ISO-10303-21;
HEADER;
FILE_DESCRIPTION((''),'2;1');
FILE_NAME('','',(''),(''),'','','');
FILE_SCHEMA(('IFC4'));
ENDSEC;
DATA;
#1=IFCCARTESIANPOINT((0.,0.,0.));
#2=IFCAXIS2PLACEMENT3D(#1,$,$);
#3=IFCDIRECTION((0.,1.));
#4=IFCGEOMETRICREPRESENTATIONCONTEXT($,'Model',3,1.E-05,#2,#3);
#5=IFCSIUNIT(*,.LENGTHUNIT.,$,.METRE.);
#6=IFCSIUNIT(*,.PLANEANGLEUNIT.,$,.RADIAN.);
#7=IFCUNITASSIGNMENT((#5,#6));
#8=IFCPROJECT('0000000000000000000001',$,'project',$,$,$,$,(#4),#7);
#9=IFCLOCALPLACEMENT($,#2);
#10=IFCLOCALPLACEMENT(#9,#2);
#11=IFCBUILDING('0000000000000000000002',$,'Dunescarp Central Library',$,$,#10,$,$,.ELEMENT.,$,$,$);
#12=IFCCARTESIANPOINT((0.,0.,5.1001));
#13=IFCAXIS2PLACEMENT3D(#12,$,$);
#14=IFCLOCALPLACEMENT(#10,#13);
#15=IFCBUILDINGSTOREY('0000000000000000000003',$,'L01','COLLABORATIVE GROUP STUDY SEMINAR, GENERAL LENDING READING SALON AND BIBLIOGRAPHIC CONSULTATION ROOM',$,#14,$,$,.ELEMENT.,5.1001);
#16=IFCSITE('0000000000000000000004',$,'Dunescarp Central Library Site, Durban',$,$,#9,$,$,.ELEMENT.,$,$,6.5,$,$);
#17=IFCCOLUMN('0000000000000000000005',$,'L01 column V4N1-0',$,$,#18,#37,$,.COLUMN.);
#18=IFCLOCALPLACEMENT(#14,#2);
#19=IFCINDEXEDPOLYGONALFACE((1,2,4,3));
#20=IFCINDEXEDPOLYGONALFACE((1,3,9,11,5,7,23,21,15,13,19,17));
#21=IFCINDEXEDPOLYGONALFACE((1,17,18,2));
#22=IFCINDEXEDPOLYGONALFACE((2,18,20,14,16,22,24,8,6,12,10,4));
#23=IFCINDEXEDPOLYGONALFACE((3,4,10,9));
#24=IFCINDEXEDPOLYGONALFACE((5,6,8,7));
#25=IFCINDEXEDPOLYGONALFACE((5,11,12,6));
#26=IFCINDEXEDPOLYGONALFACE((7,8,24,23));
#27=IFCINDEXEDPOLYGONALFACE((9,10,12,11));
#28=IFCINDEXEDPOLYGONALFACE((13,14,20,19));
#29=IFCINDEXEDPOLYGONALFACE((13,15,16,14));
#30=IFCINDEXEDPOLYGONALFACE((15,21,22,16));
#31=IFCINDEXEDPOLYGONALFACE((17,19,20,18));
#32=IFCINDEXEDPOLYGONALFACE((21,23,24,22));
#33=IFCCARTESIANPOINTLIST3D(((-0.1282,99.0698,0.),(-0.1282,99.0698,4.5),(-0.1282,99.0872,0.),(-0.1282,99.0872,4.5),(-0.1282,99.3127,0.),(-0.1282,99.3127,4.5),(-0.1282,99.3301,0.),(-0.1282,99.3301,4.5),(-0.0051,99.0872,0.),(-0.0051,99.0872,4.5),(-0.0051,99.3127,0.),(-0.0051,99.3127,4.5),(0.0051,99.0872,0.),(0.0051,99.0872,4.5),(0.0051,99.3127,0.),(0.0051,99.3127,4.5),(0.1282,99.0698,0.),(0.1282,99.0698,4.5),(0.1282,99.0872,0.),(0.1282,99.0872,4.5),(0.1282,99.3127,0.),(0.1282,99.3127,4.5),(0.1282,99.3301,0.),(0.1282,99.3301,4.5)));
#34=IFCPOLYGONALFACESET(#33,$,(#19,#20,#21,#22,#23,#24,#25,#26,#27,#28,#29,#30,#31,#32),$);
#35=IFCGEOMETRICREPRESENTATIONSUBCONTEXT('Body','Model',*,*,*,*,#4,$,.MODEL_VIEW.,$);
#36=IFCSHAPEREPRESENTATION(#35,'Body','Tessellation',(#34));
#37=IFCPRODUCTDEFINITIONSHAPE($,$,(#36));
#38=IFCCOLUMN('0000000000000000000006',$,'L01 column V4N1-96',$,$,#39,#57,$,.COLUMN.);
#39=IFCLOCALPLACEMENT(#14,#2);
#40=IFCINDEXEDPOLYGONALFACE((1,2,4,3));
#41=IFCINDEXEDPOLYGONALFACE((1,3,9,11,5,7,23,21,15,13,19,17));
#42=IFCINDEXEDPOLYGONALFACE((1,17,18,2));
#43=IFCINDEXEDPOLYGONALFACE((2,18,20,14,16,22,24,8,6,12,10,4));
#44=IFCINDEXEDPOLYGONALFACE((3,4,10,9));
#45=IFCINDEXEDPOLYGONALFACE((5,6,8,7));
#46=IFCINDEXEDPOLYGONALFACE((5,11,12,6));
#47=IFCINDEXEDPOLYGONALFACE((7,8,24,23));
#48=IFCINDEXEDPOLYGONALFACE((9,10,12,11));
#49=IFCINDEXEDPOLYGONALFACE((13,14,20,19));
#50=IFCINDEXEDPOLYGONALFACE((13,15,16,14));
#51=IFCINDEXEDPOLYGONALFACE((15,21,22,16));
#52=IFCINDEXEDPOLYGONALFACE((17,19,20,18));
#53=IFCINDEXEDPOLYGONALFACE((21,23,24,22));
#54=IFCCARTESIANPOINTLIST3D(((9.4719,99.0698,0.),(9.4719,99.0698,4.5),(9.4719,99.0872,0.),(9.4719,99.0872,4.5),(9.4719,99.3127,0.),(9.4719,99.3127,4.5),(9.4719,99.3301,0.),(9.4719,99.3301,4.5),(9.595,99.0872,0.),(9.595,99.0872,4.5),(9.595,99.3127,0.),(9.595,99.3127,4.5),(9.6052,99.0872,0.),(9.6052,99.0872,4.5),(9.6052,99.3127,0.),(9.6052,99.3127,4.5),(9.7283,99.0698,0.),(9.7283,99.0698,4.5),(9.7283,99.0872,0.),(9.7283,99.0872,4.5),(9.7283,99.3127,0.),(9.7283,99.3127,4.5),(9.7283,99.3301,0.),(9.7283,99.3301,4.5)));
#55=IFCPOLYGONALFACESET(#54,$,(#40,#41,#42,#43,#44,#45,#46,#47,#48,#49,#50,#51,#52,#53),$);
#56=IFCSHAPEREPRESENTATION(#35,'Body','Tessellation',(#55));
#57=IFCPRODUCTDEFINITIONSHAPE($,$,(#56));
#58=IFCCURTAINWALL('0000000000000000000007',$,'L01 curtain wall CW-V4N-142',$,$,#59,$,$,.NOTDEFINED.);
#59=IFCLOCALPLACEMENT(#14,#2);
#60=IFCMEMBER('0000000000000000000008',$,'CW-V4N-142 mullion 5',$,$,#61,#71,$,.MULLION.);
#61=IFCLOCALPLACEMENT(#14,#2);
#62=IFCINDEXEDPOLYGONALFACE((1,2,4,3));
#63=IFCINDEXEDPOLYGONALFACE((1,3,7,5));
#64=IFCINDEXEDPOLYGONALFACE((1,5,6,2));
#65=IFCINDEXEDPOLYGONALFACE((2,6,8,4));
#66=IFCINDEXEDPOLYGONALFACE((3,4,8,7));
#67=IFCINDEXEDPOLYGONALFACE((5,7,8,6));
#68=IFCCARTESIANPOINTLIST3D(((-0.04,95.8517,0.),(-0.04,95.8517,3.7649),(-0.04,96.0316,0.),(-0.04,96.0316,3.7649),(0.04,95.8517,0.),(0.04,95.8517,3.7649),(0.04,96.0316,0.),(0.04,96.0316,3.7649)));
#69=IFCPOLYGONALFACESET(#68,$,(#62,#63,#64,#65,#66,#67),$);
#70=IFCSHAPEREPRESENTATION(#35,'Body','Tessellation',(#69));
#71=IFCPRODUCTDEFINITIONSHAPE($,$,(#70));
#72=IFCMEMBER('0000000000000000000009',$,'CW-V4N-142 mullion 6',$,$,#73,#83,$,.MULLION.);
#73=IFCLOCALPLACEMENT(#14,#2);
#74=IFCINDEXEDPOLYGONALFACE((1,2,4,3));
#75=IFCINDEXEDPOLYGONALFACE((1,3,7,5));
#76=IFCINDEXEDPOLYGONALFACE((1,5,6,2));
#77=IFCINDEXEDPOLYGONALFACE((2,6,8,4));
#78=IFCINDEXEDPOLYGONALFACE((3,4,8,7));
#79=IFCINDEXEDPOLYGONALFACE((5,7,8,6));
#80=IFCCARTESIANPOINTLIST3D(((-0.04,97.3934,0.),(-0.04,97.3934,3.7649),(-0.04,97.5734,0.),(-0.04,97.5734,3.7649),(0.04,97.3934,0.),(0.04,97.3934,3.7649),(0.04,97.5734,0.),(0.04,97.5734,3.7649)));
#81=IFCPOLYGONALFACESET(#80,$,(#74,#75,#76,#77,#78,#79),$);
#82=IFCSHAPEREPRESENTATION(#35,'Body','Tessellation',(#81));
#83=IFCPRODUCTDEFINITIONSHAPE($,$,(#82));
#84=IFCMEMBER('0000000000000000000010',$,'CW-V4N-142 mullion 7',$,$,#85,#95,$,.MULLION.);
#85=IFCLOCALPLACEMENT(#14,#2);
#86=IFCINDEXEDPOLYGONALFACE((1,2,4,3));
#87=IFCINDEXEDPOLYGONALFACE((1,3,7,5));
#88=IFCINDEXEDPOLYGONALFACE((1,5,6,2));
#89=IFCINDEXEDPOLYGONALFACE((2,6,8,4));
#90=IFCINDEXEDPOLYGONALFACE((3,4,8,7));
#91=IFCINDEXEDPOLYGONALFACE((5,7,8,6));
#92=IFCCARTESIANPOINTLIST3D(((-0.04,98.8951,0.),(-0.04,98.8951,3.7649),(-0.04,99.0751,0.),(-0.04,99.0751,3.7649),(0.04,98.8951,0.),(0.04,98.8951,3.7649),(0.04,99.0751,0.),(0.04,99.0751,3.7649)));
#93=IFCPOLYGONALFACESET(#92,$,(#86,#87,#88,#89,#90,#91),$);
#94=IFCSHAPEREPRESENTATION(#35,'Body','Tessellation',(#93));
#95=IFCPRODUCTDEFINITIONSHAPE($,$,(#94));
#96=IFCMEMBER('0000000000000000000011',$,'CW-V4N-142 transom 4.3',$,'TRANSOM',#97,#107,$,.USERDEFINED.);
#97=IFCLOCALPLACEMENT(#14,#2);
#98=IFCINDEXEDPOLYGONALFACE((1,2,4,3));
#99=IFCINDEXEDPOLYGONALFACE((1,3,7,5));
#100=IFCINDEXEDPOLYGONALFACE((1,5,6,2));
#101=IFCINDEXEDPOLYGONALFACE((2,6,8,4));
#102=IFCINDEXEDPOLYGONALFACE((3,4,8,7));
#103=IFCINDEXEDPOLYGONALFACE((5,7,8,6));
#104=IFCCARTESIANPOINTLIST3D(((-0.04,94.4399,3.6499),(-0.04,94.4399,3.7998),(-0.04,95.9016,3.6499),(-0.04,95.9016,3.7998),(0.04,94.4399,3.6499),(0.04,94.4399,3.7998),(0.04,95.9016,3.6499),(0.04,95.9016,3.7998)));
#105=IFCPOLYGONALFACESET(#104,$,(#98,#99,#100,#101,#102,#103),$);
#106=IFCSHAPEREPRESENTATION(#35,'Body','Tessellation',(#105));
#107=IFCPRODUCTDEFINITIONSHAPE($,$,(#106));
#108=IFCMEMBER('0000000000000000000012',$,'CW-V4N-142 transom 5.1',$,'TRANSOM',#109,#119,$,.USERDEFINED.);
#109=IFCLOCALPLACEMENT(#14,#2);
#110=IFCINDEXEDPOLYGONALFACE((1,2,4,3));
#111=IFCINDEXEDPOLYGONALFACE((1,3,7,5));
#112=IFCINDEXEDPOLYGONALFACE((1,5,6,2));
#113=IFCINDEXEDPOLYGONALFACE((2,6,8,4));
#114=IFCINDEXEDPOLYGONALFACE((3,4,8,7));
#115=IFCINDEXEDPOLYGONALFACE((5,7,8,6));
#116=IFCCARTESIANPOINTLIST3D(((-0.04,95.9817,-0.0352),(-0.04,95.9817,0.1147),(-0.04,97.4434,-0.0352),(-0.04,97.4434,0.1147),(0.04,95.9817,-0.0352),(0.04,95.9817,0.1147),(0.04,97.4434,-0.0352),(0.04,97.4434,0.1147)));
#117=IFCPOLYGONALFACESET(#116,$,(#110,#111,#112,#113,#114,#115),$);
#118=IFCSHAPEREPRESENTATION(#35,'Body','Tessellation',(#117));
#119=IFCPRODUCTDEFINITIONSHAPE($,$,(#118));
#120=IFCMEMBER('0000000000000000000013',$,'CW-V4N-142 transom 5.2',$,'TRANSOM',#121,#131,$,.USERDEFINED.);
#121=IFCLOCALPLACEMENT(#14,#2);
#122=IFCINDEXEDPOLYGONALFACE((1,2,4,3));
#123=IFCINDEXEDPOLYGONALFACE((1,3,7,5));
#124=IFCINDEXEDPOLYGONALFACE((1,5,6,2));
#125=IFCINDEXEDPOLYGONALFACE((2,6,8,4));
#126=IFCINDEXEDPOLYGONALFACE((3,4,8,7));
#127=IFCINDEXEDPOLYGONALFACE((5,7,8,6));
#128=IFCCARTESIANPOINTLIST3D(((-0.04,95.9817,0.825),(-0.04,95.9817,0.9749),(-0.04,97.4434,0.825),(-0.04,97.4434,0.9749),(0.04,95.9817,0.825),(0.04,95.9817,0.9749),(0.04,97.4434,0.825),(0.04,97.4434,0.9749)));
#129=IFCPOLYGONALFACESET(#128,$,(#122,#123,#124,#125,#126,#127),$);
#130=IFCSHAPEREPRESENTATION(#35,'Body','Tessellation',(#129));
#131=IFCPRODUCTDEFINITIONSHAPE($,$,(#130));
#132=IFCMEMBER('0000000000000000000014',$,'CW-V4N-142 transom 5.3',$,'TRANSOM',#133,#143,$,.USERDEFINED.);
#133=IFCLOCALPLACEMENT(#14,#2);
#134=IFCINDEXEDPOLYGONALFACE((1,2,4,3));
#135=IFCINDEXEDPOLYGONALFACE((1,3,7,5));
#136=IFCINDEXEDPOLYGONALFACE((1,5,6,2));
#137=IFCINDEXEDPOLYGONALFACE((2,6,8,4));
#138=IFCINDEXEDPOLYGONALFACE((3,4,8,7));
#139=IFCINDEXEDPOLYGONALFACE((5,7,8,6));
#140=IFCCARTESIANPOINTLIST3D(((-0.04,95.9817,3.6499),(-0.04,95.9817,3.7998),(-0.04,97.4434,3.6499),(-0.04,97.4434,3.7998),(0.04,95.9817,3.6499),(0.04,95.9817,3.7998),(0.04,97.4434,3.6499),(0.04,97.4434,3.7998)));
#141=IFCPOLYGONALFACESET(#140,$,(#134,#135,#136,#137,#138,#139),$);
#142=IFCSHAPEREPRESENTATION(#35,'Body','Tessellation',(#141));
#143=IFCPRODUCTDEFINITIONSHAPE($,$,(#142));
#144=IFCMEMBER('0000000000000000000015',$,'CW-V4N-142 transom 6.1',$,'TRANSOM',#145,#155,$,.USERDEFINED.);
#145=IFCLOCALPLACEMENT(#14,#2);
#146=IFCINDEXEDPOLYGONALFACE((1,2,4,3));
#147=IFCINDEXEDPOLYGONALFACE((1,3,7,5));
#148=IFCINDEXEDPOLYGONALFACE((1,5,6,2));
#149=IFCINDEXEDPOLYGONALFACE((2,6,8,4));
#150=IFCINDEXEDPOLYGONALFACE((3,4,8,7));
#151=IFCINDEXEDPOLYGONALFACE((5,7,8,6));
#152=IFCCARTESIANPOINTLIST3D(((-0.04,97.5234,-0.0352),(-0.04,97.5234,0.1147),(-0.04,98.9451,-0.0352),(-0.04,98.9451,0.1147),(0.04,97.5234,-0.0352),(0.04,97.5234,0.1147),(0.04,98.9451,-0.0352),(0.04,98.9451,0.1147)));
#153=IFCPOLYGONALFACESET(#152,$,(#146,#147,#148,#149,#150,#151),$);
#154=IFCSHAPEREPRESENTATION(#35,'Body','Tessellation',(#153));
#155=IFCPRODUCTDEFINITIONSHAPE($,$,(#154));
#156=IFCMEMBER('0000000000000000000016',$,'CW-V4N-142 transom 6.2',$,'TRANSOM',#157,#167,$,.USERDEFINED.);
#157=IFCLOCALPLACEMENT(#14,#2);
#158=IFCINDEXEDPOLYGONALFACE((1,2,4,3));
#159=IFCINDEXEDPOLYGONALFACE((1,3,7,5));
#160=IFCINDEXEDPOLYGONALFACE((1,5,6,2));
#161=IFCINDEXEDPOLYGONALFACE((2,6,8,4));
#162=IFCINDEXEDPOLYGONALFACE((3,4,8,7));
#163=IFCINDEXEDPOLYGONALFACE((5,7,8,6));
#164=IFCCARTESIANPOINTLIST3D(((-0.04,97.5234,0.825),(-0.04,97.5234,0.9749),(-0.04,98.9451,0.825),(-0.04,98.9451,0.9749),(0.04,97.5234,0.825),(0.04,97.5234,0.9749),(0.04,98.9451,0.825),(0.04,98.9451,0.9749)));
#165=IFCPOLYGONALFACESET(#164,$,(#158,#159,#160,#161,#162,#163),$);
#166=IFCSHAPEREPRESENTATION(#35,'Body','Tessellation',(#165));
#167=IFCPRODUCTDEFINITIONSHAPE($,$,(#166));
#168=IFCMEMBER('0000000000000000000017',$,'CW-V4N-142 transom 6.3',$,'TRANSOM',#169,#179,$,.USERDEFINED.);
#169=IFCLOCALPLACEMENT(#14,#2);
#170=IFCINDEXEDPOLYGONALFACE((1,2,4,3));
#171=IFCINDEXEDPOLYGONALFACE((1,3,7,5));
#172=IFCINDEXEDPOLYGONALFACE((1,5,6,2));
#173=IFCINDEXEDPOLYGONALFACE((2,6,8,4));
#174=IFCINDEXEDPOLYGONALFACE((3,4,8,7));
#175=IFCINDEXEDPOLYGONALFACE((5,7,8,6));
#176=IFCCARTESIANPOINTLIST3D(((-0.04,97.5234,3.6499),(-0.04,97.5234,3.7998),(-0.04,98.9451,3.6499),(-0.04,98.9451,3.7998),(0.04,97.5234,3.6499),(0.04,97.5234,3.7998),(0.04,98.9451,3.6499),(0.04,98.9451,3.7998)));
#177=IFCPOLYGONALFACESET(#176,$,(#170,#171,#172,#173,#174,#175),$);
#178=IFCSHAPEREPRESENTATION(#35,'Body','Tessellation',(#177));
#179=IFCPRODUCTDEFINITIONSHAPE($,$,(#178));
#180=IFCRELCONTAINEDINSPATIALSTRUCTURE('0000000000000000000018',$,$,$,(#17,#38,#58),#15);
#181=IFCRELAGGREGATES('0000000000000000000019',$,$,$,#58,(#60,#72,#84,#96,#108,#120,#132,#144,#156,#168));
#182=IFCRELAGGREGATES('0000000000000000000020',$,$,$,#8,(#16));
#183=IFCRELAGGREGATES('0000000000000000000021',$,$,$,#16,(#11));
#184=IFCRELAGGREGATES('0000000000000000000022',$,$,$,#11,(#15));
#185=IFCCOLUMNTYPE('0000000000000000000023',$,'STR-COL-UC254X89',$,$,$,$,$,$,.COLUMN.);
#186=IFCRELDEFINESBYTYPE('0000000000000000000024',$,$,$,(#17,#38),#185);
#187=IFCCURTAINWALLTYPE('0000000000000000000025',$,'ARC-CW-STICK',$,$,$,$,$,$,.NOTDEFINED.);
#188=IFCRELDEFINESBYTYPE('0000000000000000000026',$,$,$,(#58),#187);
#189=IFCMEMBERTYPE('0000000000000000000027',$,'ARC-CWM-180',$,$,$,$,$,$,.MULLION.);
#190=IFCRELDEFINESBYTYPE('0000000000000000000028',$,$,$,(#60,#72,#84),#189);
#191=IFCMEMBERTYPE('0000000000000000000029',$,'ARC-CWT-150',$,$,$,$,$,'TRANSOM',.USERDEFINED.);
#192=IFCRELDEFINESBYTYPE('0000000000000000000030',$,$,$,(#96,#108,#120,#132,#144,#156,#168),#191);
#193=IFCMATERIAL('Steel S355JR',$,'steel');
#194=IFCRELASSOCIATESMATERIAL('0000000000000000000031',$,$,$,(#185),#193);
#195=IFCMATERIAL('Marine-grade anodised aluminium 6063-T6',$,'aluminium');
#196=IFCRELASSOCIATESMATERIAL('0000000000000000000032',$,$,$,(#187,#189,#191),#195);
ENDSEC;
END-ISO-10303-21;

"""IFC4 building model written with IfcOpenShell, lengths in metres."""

from ifc_helpers import new_model, si_unit, direction, frame, origin, origin_2d, place, context, subcontext, project, spatial, rectangle, i_section, extrude, material, material_profile, profile_set, type_object, element, aggregate, save


model = new_model("IFC4")

# Units and contexts
model_context = context("Model", 3, precision=1e-05, world=origin(), true_north=direction((0.0, 1.0)))
body_context = subcontext(model_context, "Body", "Model", "MODEL_VIEW")
ifc_project = project(units=[si_unit("LENGTHUNIT", "METRE"), si_unit("PLANEANGLEUNIT", "RADIAN")], contexts=[model_context])

# Site, building, storey
site_placement = place(None, origin())
site = spatial("IfcSite", under=ifc_project, at=site_placement, Name="Dunescarp Central Library Site, Durban", CompositionType="ELEMENT", RefElevation=6.5)
building_placement = place(site_placement, origin())
building = spatial("IfcBuilding", under=site, at=building_placement, Name="Dunescarp Central Library", CompositionType="ELEMENT")
storey_placement = place(building_placement, frame((0.0, 0.0, 5.1001)))
storey = spatial("IfcBuildingStorey", under=building, at=storey_placement, Name="L01", Description="COLLABORATIVE GROUP STUDY SEMINAR, GENERAL LENDING READING SALON AND BIBLIOGRAPHIC CONSULTATION ROOM", CompositionType="ELEMENT", Elevation=5.1001)

# Columns
ifc_material_1 = material(Name="Steel S355JR", Category="steel")
ifc_material_profile_1 = material_profile(ifc_material_1, i_section(OverallWidth=0.2563, OverallDepth=0.2603, WebThickness=0.0103, FlangeThickness=0.0173, at=origin_2d()), Name="UC 254x254x89")
ifc_profile_set_1 = profile_set([ifc_material_profile_1], Name="Steel S355JR")
column_type = type_object("IfcColumnType", Name="STR-COL-UC254X89", PredefinedType="COLUMN", material=ifc_profile_set_1)
for number, where, z_axis, x_axis, name in (
    (1, (0.0, 99.2, 0.0), (0.0, 0.0, 1.0), (1.0, 0.0, 0.0), "L01 column V4N1-0"),
    (2, (9.6001, 99.2, 0.0), (0.0, 0.0, 1.0), (1.0, 0.0, 0.0), "L01 column V4N1-96"),
):
    element("IfcColumn", number, at=place(storey_placement, frame(where, z_axis=z_axis, x_axis=x_axis)), inside=storey, type_object=column_type, Name=name, PredefinedType="COLUMN", context=body_context, shape_type="SweptSolid", body=[
        extrude(i_section(OverallWidth=0.2563, OverallDepth=0.2603, WebThickness=0.0103, FlangeThickness=0.0173, at=origin_2d()), origin(), (0.0, 0.0, 1.0), 4.5),
    ])

# Curtain wall, members
ifc_material_2 = material(Name="Marine-grade anodised aluminium 6063-T6", Category="aluminium")
curtain_wall_type = type_object("IfcCurtainWallType", Name="ARC-CW-STICK", PredefinedType="NOTDEFINED", material=ifc_material_2)
curtain_wall_placement = place(storey_placement, origin())
curtain_wall = element("IfcCurtainWall", 3, at=curtain_wall_placement, inside=storey, type_object=curtain_wall_type, Name="L01 curtain wall CW-V4N-142", PredefinedType="NOTDEFINED")
ifc_material_profile_2 = material_profile(ifc_material_2, rectangle(XDim=0.0801, YDim=0.1799, at=origin_2d()), Name="AL 80x180")
ifc_profile_set_2 = profile_set([ifc_material_profile_2], Name="Marine-grade anodised aluminium 6063-T6")
member_type_1 = type_object("IfcMemberType", Name="ARC-CWM-180", PredefinedType="MULLION", material=ifc_profile_set_2)
member_1_placement = place(storey_placement, frame((0.0, 95.9417, 0.0), z_axis=(0.0, 0.0, 1.0), x_axis=(-1.0, 0.0, 0.0)))
member_1 = element("IfcMember", 4, at=member_1_placement, type_object=member_type_1, Name="CW-V4N-142 mullion 5", PredefinedType="MULLION", context=body_context, shape_type="SweptSolid", body=[
    extrude(rectangle(XDim=0.0801, YDim=0.1799, at=origin_2d()), origin(), (0.0, 0.0, 1.0), 3.7649),
])
member_2_placement = place(storey_placement, frame((0.0, 97.4834, 0.0), z_axis=(0.0, 0.0, 1.0), x_axis=(-1.0, 0.0, 0.0)))
member_2 = element("IfcMember", 5, at=member_2_placement, type_object=member_type_1, Name="CW-V4N-142 mullion 6", PredefinedType="MULLION", context=body_context, shape_type="SweptSolid", body=[
    extrude(rectangle(XDim=0.0801, YDim=0.1799, at=origin_2d()), origin(), (0.0, 0.0, 1.0), 3.7649),
])
member_3_placement = place(storey_placement, frame((0.0, 98.9851, 0.0), z_axis=(0.0, 0.0, 1.0), x_axis=(-1.0, 0.0, 0.0)))
member_3 = element("IfcMember", 6, at=member_3_placement, type_object=member_type_1, Name="CW-V4N-142 mullion 7", PredefinedType="MULLION", context=body_context, shape_type="SweptSolid", body=[
    extrude(rectangle(XDim=0.0801, YDim=0.1799, at=origin_2d()), origin(), (0.0, 0.0, 1.0), 3.7649),
])
ifc_material_profile_3 = material_profile(ifc_material_2, rectangle(XDim=0.0801, YDim=0.1499, at=origin_2d()), Name="AL 80x150")
ifc_profile_set_3 = profile_set([ifc_material_profile_3], Name="Marine-grade anodised aluminium 6063-T6")
member_type_2 = type_object("IfcMemberType", Name="ARC-CWT-150", ElementType="TRANSOM", PredefinedType="USERDEFINED", material=ifc_profile_set_3)
member_4_placement = place(storey_placement, frame((0.0, 94.4399, 3.7249), z_axis=(0.0, 1.0, 0.0), x_axis=(-1.0, 0.0, 0.0)))
member_4 = element("IfcMember", 7, at=member_4_placement, type_object=member_type_2, Name="CW-V4N-142 transom 4.3", ObjectType="TRANSOM", PredefinedType="USERDEFINED", context=body_context, shape_type="SweptSolid", body=[
    extrude(rectangle(XDim=0.0801, YDim=0.1499, at=origin_2d()), origin(), (0.0, 0.0, 1.0), 1.4617),
])
member_5_placement = place(storey_placement, frame((0.0, 95.9817, 0.0398), z_axis=(0.0, 1.0, 0.0), x_axis=(-1.0, 0.0, 0.0)))
member_5 = element("IfcMember", 8, at=member_5_placement, type_object=member_type_2, Name="CW-V4N-142 transom 5.1", ObjectType="TRANSOM", PredefinedType="USERDEFINED", context=body_context, shape_type="SweptSolid", body=[
    extrude(rectangle(XDim=0.0801, YDim=0.1499, at=origin_2d()), origin(), (0.0, 0.0, 1.0), 1.4617),
])
member_6_placement = place(storey_placement, frame((0.0, 95.9817, 0.8999), z_axis=(0.0, 1.0, 0.0), x_axis=(-1.0, 0.0, 0.0)))
member_6 = element("IfcMember", 9, at=member_6_placement, type_object=member_type_2, Name="CW-V4N-142 transom 5.2", ObjectType="TRANSOM", PredefinedType="USERDEFINED", context=body_context, shape_type="SweptSolid", body=[
    extrude(rectangle(XDim=0.0801, YDim=0.1499, at=origin_2d()), origin(), (0.0, 0.0, 1.0), 1.4617),
])
member_7_placement = place(storey_placement, frame((0.0, 95.9817, 3.7249), z_axis=(0.0, 1.0, 0.0), x_axis=(-1.0, 0.0, 0.0)))
member_7 = element("IfcMember", 10, at=member_7_placement, type_object=member_type_2, Name="CW-V4N-142 transom 5.3", ObjectType="TRANSOM", PredefinedType="USERDEFINED", context=body_context, shape_type="SweptSolid", body=[
    extrude(rectangle(XDim=0.0801, YDim=0.1499, at=origin_2d()), origin(), (0.0, 0.0, 1.0), 1.4617),
])
member_8_placement = place(storey_placement, frame((0.0, 97.5234, 0.0398), z_axis=(0.0, 1.0, 0.0), x_axis=(-1.0, 0.0, 0.0)))
member_8 = element("IfcMember", 11, at=member_8_placement, type_object=member_type_2, Name="CW-V4N-142 transom 6.1", ObjectType="TRANSOM", PredefinedType="USERDEFINED", context=body_context, shape_type="SweptSolid", body=[
    extrude(rectangle(XDim=0.0801, YDim=0.1499, at=origin_2d()), origin(), (0.0, 0.0, 1.0), 1.4216),
])
member_9_placement = place(storey_placement, frame((0.0, 97.5234, 0.8999), z_axis=(0.0, 1.0, 0.0), x_axis=(-1.0, 0.0, 0.0)))
member_9 = element("IfcMember", 12, at=member_9_placement, type_object=member_type_2, Name="CW-V4N-142 transom 6.2", ObjectType="TRANSOM", PredefinedType="USERDEFINED", context=body_context, shape_type="SweptSolid", body=[
    extrude(rectangle(XDim=0.0801, YDim=0.1499, at=origin_2d()), origin(), (0.0, 0.0, 1.0), 1.4216),
])
member_10_placement = place(storey_placement, frame((0.0, 97.5234, 3.7249), z_axis=(0.0, 1.0, 0.0), x_axis=(-1.0, 0.0, 0.0)))
member_10 = element("IfcMember", 13, at=member_10_placement, type_object=member_type_2, Name="CW-V4N-142 transom 6.3", ObjectType="TRANSOM", PredefinedType="USERDEFINED", context=body_context, shape_type="SweptSolid", body=[
    extrude(rectangle(XDim=0.0801, YDim=0.1499, at=origin_2d()), origin(), (0.0, 0.0, 1.0), 1.4216),
])

aggregate(curtain_wall, [member_1, member_2, member_3, member_4, member_5, member_6, member_7, member_8, member_9, member_10])

save(model, "model.ifc")
